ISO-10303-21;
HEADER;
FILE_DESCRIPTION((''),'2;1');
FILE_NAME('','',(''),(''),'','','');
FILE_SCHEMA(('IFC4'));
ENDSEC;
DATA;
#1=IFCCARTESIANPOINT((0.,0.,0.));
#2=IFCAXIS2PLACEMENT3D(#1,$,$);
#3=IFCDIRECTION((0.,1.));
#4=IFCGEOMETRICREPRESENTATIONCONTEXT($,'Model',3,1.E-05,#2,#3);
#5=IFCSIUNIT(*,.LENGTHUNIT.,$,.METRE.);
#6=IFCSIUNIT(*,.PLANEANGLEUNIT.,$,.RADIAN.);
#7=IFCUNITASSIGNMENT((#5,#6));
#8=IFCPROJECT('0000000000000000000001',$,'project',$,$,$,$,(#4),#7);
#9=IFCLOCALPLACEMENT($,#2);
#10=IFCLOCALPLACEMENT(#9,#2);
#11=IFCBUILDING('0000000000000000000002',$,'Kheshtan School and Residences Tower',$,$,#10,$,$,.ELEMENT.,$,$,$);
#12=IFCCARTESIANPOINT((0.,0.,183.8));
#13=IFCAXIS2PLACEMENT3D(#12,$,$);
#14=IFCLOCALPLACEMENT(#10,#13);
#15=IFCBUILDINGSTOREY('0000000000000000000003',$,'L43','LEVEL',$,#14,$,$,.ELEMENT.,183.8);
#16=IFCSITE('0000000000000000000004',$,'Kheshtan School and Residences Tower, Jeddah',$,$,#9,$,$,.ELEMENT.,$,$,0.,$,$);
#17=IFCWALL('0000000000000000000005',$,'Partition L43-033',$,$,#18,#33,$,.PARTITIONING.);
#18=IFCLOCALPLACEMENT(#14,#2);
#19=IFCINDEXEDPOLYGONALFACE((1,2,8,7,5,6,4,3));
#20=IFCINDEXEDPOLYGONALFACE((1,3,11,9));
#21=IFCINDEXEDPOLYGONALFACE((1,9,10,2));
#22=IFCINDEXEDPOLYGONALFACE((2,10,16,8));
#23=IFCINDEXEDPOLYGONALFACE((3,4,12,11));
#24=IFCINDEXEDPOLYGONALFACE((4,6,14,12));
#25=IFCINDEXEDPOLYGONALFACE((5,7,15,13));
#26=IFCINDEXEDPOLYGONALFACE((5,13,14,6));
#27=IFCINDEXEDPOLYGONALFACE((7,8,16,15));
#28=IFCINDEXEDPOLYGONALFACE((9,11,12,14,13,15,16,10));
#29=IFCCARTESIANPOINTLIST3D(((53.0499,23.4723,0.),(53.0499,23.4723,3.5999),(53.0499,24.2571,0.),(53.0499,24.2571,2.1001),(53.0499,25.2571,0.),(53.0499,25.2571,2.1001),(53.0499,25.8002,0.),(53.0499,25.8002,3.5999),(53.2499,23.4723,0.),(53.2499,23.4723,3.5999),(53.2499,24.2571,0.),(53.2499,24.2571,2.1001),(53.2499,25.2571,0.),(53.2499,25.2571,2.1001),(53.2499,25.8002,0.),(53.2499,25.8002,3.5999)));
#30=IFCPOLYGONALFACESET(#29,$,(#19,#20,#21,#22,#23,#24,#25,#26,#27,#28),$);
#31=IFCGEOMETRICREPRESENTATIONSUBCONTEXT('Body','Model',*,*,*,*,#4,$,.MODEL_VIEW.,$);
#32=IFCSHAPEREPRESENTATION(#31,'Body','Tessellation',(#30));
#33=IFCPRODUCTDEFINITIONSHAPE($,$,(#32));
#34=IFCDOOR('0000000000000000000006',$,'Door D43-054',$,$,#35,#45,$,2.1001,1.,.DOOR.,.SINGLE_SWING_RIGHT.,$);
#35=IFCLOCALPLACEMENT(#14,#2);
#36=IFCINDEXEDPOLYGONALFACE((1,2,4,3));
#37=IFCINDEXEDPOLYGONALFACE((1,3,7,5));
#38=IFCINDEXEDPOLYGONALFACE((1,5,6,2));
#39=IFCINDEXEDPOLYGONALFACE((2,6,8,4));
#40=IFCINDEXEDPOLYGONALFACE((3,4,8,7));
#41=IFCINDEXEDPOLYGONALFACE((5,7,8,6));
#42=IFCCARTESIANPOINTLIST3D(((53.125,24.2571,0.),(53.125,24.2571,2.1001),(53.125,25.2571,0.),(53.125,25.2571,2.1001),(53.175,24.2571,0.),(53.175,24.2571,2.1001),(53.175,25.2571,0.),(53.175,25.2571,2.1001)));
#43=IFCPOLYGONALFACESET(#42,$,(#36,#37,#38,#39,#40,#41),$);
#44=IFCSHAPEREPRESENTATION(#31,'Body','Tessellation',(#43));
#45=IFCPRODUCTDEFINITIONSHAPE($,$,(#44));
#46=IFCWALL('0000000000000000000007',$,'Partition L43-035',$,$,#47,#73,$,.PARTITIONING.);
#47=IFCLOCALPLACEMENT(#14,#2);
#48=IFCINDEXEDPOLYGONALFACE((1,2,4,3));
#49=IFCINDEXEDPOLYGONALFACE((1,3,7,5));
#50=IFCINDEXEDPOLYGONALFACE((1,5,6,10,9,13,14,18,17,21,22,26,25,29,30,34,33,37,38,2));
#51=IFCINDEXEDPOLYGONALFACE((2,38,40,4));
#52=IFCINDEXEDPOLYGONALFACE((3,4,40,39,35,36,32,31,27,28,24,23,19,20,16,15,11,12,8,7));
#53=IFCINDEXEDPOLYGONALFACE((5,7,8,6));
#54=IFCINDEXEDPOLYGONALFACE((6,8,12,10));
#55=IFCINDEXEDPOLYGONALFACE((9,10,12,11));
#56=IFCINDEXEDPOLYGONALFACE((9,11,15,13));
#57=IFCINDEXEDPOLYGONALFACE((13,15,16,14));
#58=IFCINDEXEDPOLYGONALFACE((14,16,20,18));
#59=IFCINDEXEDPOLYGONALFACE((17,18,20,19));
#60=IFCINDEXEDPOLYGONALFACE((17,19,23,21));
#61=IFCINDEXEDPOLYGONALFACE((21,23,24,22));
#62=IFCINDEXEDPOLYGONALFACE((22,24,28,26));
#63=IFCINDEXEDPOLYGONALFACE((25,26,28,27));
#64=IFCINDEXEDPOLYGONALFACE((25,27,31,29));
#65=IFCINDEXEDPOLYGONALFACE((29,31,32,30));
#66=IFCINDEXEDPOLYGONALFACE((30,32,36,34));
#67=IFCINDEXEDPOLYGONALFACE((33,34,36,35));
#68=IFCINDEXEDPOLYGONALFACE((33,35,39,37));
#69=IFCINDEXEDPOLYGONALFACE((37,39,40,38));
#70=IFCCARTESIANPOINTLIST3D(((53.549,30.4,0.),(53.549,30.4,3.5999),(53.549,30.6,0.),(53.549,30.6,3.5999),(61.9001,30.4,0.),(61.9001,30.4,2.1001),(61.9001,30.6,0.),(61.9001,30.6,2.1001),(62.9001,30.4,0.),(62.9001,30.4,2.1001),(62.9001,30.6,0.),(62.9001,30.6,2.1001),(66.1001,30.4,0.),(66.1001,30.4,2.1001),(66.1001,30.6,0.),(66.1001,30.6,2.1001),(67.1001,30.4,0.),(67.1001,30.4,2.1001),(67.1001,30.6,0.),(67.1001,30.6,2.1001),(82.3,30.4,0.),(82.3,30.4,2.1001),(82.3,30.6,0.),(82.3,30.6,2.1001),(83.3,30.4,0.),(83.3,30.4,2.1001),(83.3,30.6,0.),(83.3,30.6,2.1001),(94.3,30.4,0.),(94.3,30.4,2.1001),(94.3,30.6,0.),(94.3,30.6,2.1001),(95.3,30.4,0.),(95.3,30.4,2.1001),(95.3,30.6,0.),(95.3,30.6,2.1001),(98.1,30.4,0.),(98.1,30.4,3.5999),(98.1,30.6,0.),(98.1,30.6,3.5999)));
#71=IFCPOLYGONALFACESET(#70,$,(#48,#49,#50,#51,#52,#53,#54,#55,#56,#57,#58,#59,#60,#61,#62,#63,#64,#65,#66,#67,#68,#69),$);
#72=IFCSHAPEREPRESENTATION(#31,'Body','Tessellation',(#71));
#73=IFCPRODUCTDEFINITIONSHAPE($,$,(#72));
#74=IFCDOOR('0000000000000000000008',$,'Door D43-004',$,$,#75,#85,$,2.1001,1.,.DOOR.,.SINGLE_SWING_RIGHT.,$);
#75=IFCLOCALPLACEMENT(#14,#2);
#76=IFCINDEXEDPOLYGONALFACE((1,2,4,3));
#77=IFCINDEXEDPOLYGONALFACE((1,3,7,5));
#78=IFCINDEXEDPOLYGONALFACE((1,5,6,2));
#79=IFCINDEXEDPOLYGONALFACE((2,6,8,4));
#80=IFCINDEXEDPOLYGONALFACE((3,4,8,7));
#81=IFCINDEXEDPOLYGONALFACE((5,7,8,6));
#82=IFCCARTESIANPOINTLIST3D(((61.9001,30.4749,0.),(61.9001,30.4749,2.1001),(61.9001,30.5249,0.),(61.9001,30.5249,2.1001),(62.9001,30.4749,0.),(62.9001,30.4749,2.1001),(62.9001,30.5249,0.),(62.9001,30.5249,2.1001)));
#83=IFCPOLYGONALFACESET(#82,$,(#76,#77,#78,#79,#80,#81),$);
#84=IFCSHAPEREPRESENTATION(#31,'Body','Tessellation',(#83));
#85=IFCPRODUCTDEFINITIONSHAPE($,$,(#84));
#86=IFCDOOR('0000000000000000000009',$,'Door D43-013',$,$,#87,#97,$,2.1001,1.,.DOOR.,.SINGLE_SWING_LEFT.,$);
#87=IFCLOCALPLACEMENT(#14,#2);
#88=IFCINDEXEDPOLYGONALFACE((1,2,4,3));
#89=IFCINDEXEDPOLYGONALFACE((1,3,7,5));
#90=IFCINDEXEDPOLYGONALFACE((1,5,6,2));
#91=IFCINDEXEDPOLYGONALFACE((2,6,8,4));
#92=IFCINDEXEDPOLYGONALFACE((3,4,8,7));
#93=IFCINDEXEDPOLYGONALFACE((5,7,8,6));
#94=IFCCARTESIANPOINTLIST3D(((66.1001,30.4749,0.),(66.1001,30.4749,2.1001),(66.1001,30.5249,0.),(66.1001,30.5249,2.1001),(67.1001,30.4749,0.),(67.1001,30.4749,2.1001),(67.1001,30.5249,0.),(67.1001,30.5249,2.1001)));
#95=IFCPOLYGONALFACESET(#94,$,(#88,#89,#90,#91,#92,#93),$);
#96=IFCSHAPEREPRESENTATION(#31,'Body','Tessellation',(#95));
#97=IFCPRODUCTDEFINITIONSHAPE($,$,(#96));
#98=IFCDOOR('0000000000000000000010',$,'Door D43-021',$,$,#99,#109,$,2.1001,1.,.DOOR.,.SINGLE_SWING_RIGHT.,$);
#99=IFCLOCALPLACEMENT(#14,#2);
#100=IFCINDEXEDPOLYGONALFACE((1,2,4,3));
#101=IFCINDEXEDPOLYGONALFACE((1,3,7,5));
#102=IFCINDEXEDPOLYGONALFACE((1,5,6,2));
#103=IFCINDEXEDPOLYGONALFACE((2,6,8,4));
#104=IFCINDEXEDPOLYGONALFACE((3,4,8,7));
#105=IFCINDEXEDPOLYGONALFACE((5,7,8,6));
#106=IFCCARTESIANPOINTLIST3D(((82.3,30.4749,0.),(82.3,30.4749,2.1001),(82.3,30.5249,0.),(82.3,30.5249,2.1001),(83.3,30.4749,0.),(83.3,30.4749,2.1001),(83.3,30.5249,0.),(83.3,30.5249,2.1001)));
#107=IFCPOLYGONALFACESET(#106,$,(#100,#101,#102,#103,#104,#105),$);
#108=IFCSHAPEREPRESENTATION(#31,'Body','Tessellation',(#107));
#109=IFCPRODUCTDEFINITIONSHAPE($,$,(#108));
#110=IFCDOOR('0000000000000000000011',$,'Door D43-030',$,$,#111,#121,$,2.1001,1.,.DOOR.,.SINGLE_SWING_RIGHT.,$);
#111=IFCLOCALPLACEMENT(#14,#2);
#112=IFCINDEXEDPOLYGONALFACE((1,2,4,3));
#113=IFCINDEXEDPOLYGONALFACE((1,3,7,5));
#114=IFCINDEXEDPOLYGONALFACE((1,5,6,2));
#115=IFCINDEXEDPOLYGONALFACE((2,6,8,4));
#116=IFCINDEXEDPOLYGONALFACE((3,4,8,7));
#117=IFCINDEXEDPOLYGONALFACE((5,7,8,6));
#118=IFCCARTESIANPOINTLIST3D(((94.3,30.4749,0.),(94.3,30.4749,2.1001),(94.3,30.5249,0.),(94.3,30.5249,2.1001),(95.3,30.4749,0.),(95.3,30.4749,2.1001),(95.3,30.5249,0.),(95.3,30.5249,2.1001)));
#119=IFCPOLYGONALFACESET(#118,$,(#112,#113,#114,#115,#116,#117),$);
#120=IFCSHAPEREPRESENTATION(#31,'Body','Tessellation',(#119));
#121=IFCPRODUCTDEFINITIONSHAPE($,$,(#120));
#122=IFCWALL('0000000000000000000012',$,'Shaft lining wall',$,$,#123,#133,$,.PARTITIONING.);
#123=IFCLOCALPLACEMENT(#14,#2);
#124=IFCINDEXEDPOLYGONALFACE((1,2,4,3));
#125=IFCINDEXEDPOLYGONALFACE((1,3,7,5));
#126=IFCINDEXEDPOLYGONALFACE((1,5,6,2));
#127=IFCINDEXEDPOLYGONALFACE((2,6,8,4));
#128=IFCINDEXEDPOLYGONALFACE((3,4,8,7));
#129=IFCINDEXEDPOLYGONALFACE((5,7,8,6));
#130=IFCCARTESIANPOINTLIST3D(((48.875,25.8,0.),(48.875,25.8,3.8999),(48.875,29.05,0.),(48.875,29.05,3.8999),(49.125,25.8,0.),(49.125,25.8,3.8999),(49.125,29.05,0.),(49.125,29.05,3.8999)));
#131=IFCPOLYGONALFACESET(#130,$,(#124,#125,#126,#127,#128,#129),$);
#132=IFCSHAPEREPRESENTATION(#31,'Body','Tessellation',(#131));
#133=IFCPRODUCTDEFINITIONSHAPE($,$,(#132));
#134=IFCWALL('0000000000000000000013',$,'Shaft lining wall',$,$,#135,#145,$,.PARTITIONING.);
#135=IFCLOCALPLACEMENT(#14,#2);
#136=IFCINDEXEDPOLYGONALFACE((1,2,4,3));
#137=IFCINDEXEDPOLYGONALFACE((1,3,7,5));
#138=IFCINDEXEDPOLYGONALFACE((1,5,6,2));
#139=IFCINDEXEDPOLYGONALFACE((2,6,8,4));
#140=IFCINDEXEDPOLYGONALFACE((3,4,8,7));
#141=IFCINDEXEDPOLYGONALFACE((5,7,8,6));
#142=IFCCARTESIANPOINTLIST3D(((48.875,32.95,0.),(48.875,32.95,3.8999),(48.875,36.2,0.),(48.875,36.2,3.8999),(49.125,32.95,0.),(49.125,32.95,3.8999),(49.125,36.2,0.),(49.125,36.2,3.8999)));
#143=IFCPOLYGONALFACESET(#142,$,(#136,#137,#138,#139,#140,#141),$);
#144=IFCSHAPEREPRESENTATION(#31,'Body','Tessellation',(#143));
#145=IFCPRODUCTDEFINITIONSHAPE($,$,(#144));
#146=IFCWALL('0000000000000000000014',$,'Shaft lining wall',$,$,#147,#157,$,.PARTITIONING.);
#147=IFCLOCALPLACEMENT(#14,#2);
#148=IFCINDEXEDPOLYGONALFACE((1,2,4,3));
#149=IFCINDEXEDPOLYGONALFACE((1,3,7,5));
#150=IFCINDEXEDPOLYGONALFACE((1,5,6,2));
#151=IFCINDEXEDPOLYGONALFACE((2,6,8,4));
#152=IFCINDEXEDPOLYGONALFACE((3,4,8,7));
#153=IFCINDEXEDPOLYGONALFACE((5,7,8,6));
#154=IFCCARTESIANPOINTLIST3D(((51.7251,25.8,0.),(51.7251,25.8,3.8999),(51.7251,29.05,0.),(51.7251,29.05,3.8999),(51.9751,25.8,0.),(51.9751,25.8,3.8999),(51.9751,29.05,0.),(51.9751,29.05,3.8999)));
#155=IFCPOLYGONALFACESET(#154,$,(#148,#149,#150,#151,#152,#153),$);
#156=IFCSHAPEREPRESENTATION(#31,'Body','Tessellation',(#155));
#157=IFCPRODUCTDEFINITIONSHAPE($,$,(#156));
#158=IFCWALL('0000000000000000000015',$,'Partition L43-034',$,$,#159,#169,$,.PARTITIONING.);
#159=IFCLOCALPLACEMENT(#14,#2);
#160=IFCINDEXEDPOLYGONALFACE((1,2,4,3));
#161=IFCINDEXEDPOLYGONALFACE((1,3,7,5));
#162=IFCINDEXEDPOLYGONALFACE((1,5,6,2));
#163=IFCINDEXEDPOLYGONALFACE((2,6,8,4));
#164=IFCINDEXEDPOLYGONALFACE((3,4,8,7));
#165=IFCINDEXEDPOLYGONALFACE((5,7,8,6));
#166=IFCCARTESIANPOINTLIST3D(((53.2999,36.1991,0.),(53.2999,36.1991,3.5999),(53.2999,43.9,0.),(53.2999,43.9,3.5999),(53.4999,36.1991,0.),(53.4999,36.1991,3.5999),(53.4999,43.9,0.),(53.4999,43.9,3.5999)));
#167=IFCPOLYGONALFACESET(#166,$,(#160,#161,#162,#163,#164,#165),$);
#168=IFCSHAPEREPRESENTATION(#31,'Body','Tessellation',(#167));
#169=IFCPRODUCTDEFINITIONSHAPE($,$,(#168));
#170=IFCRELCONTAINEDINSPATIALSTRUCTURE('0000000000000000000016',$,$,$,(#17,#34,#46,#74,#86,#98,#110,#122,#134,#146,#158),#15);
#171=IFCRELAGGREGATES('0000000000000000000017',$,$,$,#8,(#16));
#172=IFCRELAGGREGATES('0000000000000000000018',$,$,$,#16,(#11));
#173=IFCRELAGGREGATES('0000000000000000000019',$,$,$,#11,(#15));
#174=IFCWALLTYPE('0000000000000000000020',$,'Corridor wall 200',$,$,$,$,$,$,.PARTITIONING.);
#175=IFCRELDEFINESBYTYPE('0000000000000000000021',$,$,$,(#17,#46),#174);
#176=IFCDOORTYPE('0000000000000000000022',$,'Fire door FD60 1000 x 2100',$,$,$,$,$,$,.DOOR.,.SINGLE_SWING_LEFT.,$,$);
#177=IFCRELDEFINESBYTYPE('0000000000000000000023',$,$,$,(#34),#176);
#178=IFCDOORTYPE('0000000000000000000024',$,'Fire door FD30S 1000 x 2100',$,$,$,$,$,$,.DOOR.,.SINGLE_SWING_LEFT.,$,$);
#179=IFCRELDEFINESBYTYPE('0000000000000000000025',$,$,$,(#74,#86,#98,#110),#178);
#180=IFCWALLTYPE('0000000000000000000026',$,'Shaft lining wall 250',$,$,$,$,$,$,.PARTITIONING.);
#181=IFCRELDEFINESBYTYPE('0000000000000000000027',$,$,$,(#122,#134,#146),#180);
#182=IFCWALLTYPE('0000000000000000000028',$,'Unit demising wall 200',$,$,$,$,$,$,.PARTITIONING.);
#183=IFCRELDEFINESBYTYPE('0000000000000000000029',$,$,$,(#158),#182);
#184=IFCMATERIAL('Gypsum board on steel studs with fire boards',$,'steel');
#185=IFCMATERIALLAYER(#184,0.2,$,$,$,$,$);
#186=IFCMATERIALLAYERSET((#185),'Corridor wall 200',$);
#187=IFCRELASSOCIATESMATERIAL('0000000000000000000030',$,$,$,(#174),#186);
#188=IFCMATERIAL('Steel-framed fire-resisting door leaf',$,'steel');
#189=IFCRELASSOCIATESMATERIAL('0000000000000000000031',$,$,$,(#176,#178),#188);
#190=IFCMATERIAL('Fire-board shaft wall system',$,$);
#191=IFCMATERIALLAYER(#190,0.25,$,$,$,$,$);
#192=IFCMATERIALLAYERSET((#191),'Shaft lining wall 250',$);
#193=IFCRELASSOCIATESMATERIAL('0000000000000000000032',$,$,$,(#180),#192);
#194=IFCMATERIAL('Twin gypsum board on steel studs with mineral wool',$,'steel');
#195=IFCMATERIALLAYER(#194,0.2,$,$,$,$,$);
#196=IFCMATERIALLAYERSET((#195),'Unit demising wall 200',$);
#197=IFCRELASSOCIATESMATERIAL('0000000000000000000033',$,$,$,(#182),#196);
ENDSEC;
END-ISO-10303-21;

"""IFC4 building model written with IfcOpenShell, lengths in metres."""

from ifc_helpers import new_model, si_unit, direction, frame, frame_2d, origin, place, context, subcontext, project, spatial, rectangle, extrude, source, transform, mapped, material, layer, layer_set, type_object, element, fill, save


model = new_model("IFC4")

# Units and contexts
model_context = context("Model", 3, precision=1e-05, world=origin(), true_north=direction((0.0, 1.0)))
body_context = subcontext(model_context, "Body", "Model", "MODEL_VIEW")
ifc_project = project(units=[si_unit("LENGTHUNIT", "METRE"), si_unit("PLANEANGLEUNIT", "RADIAN")], contexts=[model_context])

# Site, building, storey
site_placement = place(None, origin())
site = spatial("IfcSite", under=ifc_project, at=site_placement, Name="Kheshtan School and Residences Tower, Jeddah", CompositionType="ELEMENT", RefElevation=0.0)
building_placement = place(site_placement, origin())
building = spatial("IfcBuilding", under=site, at=building_placement, Name="Kheshtan School and Residences Tower", CompositionType="ELEMENT")
storey_placement = place(building_placement, frame((0.0, 0.0, 183.8)))
storey = spatial("IfcBuildingStorey", under=building, at=storey_placement, Name="L43", Description="LEVEL", CompositionType="ELEMENT", Elevation=183.8)

# Wall, opening, door
ifc_material_1 = material(Name="Gypsum board on steel studs with fire boards", Category="steel")
ifc_layer_1 = layer(ifc_material_1, 0.2)
ifc_layer_set_1 = layer_set([ifc_layer_1], Name="Corridor wall 200")
wall_type_1 = type_object("IfcWallType", Name="Corridor wall 200", PredefinedType="PARTITIONING", material=ifc_layer_set_1)
wall_1_placement = place(storey_placement, frame((53.1499, 23.4722, 0.0), z_axis=(0.0, 0.0, 1.0), x_axis=(0.0, 1.0, 0.0)))
wall_1 = element("IfcWall", 1, at=wall_1_placement, inside=storey, type_object=wall_type_1, Name="Partition L43-033", PredefinedType="PARTITIONING", context=body_context, shape_type="SweptSolid", body=[
    extrude(rectangle(XDim=2.3279, YDim=0.2, at=frame_2d((1.1641, 0.0))), origin(), (0.0, 0.0, 1.0), 3.5999),
])
opening_1_placement = place(wall_1_placement, frame((0.7849, 0.0, 0.0)))
opening_1 = element("IfcOpeningElement", 2, at=opening_1_placement, cuts=wall_1, PredefinedType="OPENING", context=body_context, shape_type="SweptSolid", body=[
    extrude(rectangle(XDim=1.0, YDim=2.1001, at=frame_2d((0.5, 1.05))), frame((0.0, 0.1099, 0.0), z_axis=(0.0, -1.0, 0.0), x_axis=(1.0, 0.0, 0.0)), (0.0, 0.0, 1.0), 0.22),
])
ifc_material_2 = material(Name="Steel-framed fire-resisting door leaf", Category="steel")
door_type_1 = type_object("IfcDoorType", Name="Fire door FD60 1000 x 2100", OperationType="SINGLE_SWING_LEFT", PredefinedType="DOOR", material=ifc_material_2)
shared_shape_1 = source(origin(), body_context, "Body", "SweptSolid", [
    extrude(rectangle(XDim=1.0, YDim=2.1001, at=frame_2d((0.5, 1.05))), frame((0.0, 0.0249, 0.0), z_axis=(0.0, -1.0, 0.0), x_axis=(1.0, 0.0, 0.0)), (0.0, 0.0, 1.0), 0.05),
])
door_1_placement = place(opening_1_placement, origin())
door_1 = element("IfcDoor", 3, at=door_1_placement, inside=storey, type_object=door_type_1, Name="Door D43-054", OperationType="SINGLE_SWING_RIGHT", OverallHeight=2.1001, OverallWidth=1.0, PredefinedType="DOOR", context=body_context, shape_type="MappedRepresentation", body=[
    mapped(shared_shape_1, transform((0.0, 0.0, 0.0), x_axis=(1.0, 0.0, 0.0), y_axis=(0.0, 1.0, 0.0), z_axis=(0.0, 0.0, 1.0), scale=1.0)),
])
fill(opening_1, door_1)

# Wall, openings, doors
wall_2_placement = place(storey_placement, frame((53.5491, 30.5, 0.0), z_axis=(0.0, 0.0, 1.0), x_axis=(1.0, 0.0, 0.0)))
wall_2 = element("IfcWall", 4, at=wall_2_placement, inside=storey, type_object=wall_type_1, Name="Partition L43-035", PredefinedType="PARTITIONING", context=body_context, shape_type="SweptSolid", body=[
    extrude(rectangle(XDim=44.551, YDim=0.2, at=frame_2d((22.2754, 0.0))), origin(), (0.0, 0.0, 1.0), 3.5999),
])
opening_2_placement = place(wall_2_placement, frame((8.3511, 0.0, 0.0)))
opening_2 = element("IfcOpeningElement", 5, at=opening_2_placement, cuts=wall_2, PredefinedType="OPENING", context=body_context, shape_type="SweptSolid", body=[
    extrude(rectangle(XDim=1.0, YDim=2.1001, at=frame_2d((0.5, 1.05))), frame((0.0, 0.1099, 0.0), z_axis=(0.0, -1.0, 0.0), x_axis=(1.0, 0.0, 0.0)), (0.0, 0.0, 1.0), 0.22),
])
opening_3_placement = place(wall_2_placement, frame((12.551, 0.0, 0.0)))
opening_3 = element("IfcOpeningElement", 6, at=opening_3_placement, cuts=wall_2, PredefinedType="OPENING", context=body_context, shape_type="SweptSolid", body=[
    extrude(rectangle(XDim=1.0, YDim=2.1001, at=frame_2d((0.5, 1.05))), frame((0.0, 0.1099, 0.0), z_axis=(0.0, -1.0, 0.0), x_axis=(1.0, 0.0, 0.0)), (0.0, 0.0, 1.0), 0.22),
])
opening_4_placement = place(wall_2_placement, frame((28.751, 0.0, 0.0)))
opening_4 = element("IfcOpeningElement", 7, at=opening_4_placement, cuts=wall_2, PredefinedType="OPENING", context=body_context, shape_type="SweptSolid", body=[
    extrude(rectangle(XDim=1.0, YDim=2.1001, at=frame_2d((0.5, 1.05))), frame((0.0, 0.1099, 0.0), z_axis=(0.0, -1.0, 0.0), x_axis=(1.0, 0.0, 0.0)), (0.0, 0.0, 1.0), 0.22),
])
opening_5_placement = place(wall_2_placement, frame((40.751, 0.0, 0.0)))
opening_5 = element("IfcOpeningElement", 8, at=opening_5_placement, cuts=wall_2, PredefinedType="OPENING", context=body_context, shape_type="SweptSolid", body=[
    extrude(rectangle(XDim=1.0, YDim=2.1001, at=frame_2d((0.5, 1.05))), frame((0.0, 0.1099, 0.0), z_axis=(0.0, -1.0, 0.0), x_axis=(1.0, 0.0, 0.0)), (0.0, 0.0, 1.0), 0.22),
])
door_type_2 = type_object("IfcDoorType", Name="Fire door FD30S 1000 x 2100", OperationType="SINGLE_SWING_LEFT", PredefinedType="DOOR", material=ifc_material_2)
shared_shape_2 = source(origin(), body_context, "Body", "SweptSolid", [
    extrude(rectangle(XDim=1.0, YDim=2.1001, at=frame_2d((0.5, 1.05))), frame((0.0, 0.0249, 0.0), z_axis=(0.0, -1.0, 0.0), x_axis=(1.0, 0.0, 0.0)), (0.0, 0.0, 1.0), 0.05),
])
door_2_placement = place(opening_2_placement, origin())
door_2 = element("IfcDoor", 9, at=door_2_placement, inside=storey, type_object=door_type_2, Name="Door D43-004", OperationType="SINGLE_SWING_RIGHT", OverallHeight=2.1001, OverallWidth=1.0, PredefinedType="DOOR", context=body_context, shape_type="MappedRepresentation", body=[
    mapped(shared_shape_2, transform((0.0, 0.0, 0.0), x_axis=(1.0, 0.0, 0.0), y_axis=(0.0, 1.0, 0.0), z_axis=(0.0, 0.0, 1.0), scale=1.0)),
])
fill(opening_2, door_2)
door_3_placement = place(opening_3_placement, origin())
door_3 = element("IfcDoor", 10, at=door_3_placement, inside=storey, type_object=door_type_2, Name="Door D43-013", OperationType="SINGLE_SWING_LEFT", OverallHeight=2.1001, OverallWidth=1.0, PredefinedType="DOOR", context=body_context, shape_type="MappedRepresentation", body=[
    mapped(shared_shape_2, transform((0.0, 0.0, 0.0), x_axis=(1.0, 0.0, 0.0), y_axis=(0.0, 1.0, 0.0), z_axis=(0.0, 0.0, 1.0), scale=1.0)),
])
fill(opening_3, door_3)
door_4_placement = place(opening_4_placement, origin())
door_4 = element("IfcDoor", 11, at=door_4_placement, inside=storey, type_object=door_type_2, Name="Door D43-021", OperationType="SINGLE_SWING_RIGHT", OverallHeight=2.1001, OverallWidth=1.0, PredefinedType="DOOR", context=body_context, shape_type="MappedRepresentation", body=[
    mapped(shared_shape_2, transform((0.0, 0.0, 0.0), x_axis=(1.0, 0.0, 0.0), y_axis=(0.0, 1.0, 0.0), z_axis=(0.0, 0.0, 1.0), scale=1.0)),
])
fill(opening_4, door_4)
door_5_placement = place(opening_5_placement, origin())
door_5 = element("IfcDoor", 12, at=door_5_placement, inside=storey, type_object=door_type_2, Name="Door D43-030", OperationType="SINGLE_SWING_RIGHT", OverallHeight=2.1001, OverallWidth=1.0, PredefinedType="DOOR", context=body_context, shape_type="MappedRepresentation", body=[
    mapped(shared_shape_2, transform((0.0, 0.0, 0.0), x_axis=(1.0, 0.0, 0.0), y_axis=(0.0, 1.0, 0.0), z_axis=(0.0, 0.0, 1.0), scale=1.0)),
])
fill(opening_5, door_5)

# Walls
ifc_material_3 = material(Name="Fire-board shaft wall system")
ifc_layer_2 = layer(ifc_material_3, 0.25)
ifc_layer_set_2 = layer_set([ifc_layer_2], Name="Shaft lining wall 250")
wall_type_2 = type_object("IfcWallType", Name="Shaft lining wall 250", PredefinedType="PARTITIONING", material=ifc_layer_set_2)
for number, where, z_axis, x_axis, name in (
    (13, (49.0, 25.8, 0.0), (0.0, 0.0, 1.0), (0.0, 1.0, 0.0), "Shaft lining wall"),
    (14, (49.0, 32.95, 0.0), (0.0, 0.0, 1.0), (0.0, 1.0, 0.0), "Shaft lining wall"),
    (15, (51.8501, 25.8, 0.0), (0.0, 0.0, 1.0), (0.0, 1.0, 0.0), "Shaft lining wall"),
):
    element("IfcWall", number, at=place(storey_placement, frame(where, z_axis=z_axis, x_axis=x_axis)), inside=storey, type_object=wall_type_2, Name=name, PredefinedType="PARTITIONING", context=body_context, shape_type="SweptSolid", body=[
        extrude(rectangle(XDim=3.25, YDim=0.25, at=frame_2d((1.625, 0.0))), origin(), (0.0, 0.0, 1.0), 3.8999),
    ])
ifc_material_4 = material(Name="Twin gypsum board on steel studs with mineral wool", Category="steel")
ifc_layer_3 = layer(ifc_material_4, 0.2)
ifc_layer_set_3 = layer_set([ifc_layer_3], Name="Unit demising wall 200")
wall_type_3 = type_object("IfcWallType", Name="Unit demising wall 200", PredefinedType="PARTITIONING", material=ifc_layer_set_3)
wall_3_placement = place(storey_placement, frame((53.3999, 36.199, 0.0), z_axis=(0.0, 0.0, 1.0), x_axis=(0.0, 1.0, 0.0)))
element("IfcWall", 16, at=wall_3_placement, inside=storey, type_object=wall_type_3, Name="Partition L43-034", PredefinedType="PARTITIONING", context=body_context, shape_type="SweptSolid", body=[
    extrude(rectangle(XDim=7.7009, YDim=0.2, at=frame_2d((3.8506, 0.0))), origin(), (0.0, 0.0, 1.0), 3.5999),
])

save(model, "model.ifc")
